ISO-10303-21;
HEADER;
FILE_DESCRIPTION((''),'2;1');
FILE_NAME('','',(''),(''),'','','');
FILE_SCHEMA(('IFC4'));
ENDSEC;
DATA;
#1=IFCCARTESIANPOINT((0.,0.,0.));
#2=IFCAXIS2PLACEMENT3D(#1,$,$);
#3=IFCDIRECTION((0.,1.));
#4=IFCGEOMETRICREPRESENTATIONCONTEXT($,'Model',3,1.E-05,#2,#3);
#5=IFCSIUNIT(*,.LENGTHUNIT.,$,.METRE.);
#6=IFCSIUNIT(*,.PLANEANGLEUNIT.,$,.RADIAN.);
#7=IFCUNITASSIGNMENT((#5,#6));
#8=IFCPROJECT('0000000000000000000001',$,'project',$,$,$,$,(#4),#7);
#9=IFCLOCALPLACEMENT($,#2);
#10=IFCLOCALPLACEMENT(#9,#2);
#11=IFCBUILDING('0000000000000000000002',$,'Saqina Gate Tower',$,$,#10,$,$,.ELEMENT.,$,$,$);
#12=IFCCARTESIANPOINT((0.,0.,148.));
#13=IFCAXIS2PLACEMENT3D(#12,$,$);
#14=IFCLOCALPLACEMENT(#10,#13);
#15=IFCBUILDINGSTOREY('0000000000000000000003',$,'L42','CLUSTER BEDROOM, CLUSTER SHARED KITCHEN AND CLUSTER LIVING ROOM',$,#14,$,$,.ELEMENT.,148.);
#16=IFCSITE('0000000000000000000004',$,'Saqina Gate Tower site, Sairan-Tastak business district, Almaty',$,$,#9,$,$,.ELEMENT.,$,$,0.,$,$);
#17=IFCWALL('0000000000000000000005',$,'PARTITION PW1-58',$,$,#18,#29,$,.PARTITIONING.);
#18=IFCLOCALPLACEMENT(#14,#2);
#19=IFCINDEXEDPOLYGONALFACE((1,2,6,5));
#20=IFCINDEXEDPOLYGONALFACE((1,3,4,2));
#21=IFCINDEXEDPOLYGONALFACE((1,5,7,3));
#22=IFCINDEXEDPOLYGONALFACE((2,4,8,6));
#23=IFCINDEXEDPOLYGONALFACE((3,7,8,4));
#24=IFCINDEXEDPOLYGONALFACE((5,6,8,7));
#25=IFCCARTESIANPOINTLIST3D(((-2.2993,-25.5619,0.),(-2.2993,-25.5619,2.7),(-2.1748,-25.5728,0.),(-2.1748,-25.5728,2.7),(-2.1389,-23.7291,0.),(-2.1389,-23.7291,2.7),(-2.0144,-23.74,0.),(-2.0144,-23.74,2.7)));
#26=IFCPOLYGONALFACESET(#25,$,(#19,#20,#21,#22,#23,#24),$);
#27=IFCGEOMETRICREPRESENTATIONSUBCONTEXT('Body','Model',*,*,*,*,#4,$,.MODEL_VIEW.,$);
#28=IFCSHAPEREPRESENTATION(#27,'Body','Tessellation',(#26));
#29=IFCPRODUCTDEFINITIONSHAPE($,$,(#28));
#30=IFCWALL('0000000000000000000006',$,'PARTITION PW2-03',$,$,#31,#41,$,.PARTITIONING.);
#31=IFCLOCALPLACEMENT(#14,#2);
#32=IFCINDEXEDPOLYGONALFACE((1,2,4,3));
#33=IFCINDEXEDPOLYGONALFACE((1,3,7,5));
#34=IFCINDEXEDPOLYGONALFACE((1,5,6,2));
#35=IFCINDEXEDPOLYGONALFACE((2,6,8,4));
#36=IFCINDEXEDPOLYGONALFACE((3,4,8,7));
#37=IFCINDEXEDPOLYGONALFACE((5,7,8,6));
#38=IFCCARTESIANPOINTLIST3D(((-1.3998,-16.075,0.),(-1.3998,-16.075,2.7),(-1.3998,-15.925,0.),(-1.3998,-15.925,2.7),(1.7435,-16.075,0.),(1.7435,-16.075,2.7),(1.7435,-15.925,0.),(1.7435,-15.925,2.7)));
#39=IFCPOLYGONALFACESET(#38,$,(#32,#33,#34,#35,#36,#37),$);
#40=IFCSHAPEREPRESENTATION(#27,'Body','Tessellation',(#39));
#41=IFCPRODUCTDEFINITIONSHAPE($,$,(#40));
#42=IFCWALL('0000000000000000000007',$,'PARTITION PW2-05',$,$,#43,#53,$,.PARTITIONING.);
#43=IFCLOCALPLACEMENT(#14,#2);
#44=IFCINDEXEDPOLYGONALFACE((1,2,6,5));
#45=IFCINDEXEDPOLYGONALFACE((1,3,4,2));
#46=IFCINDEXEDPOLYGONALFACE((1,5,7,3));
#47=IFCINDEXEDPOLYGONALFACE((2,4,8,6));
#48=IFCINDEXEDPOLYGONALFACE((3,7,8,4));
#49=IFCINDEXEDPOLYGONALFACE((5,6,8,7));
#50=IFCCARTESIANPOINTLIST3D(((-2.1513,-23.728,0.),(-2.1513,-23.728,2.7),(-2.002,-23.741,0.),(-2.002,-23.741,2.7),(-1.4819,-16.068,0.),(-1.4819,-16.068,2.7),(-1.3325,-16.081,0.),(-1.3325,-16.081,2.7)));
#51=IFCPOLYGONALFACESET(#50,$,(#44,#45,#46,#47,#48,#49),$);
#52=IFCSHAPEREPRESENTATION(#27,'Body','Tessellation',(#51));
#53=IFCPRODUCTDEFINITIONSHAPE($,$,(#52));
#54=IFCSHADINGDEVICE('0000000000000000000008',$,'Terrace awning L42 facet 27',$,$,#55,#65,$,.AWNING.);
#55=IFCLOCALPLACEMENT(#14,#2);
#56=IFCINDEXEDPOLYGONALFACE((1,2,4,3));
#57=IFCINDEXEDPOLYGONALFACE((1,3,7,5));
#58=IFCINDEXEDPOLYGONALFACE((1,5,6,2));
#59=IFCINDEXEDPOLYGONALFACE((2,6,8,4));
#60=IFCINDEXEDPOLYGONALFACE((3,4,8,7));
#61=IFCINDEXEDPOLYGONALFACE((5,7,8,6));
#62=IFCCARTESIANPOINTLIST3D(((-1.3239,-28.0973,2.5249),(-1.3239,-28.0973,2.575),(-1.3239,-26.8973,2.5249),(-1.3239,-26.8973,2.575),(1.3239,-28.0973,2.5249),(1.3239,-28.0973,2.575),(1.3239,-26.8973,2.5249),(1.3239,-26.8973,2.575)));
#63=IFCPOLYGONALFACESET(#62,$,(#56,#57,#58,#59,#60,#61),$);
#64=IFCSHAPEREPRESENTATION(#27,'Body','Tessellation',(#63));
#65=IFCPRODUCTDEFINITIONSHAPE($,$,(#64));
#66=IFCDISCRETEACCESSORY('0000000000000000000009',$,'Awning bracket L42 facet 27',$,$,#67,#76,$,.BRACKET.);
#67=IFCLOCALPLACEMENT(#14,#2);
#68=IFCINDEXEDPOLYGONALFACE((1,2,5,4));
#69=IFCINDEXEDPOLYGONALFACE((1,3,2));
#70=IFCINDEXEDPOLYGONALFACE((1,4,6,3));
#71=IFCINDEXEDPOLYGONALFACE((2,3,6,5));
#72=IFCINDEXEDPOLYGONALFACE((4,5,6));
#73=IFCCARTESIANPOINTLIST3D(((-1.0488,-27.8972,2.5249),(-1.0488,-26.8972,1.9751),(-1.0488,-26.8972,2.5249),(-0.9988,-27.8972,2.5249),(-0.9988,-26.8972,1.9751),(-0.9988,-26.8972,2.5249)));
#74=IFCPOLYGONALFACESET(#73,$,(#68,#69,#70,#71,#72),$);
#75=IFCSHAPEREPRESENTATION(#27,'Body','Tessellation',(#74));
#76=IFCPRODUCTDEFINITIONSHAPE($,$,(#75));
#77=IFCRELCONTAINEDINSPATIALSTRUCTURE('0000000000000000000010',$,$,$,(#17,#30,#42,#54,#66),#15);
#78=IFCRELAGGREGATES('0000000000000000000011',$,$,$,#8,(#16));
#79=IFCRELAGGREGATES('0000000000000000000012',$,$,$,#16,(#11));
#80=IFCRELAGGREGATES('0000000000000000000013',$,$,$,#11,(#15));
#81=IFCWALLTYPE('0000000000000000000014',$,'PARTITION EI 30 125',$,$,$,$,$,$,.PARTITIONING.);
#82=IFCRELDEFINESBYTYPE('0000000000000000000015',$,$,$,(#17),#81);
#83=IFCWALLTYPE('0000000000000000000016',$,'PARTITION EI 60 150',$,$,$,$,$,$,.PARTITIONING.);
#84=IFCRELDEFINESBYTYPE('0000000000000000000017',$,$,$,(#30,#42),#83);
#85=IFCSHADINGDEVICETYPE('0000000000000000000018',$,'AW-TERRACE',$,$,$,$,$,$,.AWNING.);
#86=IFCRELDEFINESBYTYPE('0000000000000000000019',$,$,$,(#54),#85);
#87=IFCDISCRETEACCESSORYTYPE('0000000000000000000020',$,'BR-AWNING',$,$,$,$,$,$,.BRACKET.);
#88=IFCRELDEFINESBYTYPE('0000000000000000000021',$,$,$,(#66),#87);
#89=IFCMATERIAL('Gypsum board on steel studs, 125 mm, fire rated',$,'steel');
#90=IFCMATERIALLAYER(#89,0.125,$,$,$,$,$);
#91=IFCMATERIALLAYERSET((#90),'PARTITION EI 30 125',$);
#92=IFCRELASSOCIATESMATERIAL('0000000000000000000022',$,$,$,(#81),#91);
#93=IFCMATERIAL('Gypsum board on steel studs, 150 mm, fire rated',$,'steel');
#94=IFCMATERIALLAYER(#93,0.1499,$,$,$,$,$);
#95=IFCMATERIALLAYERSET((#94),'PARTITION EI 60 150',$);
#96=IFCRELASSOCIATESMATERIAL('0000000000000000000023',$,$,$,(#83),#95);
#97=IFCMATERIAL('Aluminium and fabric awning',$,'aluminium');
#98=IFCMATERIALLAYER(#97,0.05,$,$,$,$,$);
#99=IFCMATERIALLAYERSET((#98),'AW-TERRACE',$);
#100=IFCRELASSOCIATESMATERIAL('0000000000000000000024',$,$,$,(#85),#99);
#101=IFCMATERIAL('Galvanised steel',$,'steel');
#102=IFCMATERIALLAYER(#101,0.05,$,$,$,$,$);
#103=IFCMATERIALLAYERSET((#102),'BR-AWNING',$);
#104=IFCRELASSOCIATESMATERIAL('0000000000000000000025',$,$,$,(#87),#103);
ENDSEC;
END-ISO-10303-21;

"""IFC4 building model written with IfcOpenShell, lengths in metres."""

from ifc_helpers import new_model, si_unit, direction, frame, frame_2d, origin, origin_2d, place, context, subcontext, project, spatial, polyline, rectangle, outline, extrude, material, layer, layer_set, type_object, element, save


model = new_model("IFC4")

# Units and contexts
model_context = context("Model", 3, precision=1e-05, world=origin(), true_north=direction((0.0, 1.0)))
body_context = subcontext(model_context, "Body", "Model", "MODEL_VIEW")
ifc_project = project(units=[si_unit("LENGTHUNIT", "METRE"), si_unit("PLANEANGLEUNIT", "RADIAN")], contexts=[model_context])

# Site, building, storey
site_placement = place(None, origin())
site = spatial("IfcSite", under=ifc_project, at=site_placement, Name="Saqina Gate Tower site, Sairan-Tastak business district, Almaty", CompositionType="ELEMENT", RefElevation=0.0)
building_placement = place(site_placement, origin())
building = spatial("IfcBuilding", under=site, at=building_placement, Name="Saqina Gate Tower", CompositionType="ELEMENT")
storey_placement = place(building_placement, frame((0.0, 0.0, 148.0)))
storey = spatial("IfcBuildingStorey", under=building, at=storey_placement, Name="L42", Description="CLUSTER BEDROOM, CLUSTER SHARED KITCHEN AND CLUSTER LIVING ROOM", CompositionType="ELEMENT", Elevation=148.0)

# Shared definitions
ifc_material_1 = material(Name="Gypsum board on steel studs, 125 mm, fire rated", Category="steel")
ifc_layer_1 = layer(ifc_material_1, 0.125)
ifc_layer_set_1 = layer_set([ifc_layer_1], Name="PARTITION EI 30 125")
wall_type_1 = type_object("IfcWallType", Name="PARTITION EI 30 125", PredefinedType="PARTITIONING", material=ifc_layer_set_1)

# Walls
wall_1_placement = place(storey_placement, frame((-2.2371, -25.5674, 0.0), z_axis=(0.0, 0.0, 1.0), x_axis=(0.087185, 0.996192, 0.0)))
element("IfcWall", 1, at=wall_1_placement, inside=storey, type_object=wall_type_1, Name="PARTITION PW1-58", PredefinedType="PARTITIONING", context=body_context, shape_type="SweptSolid", body=[
    extrude(rectangle(XDim=1.8398, YDim=0.125, at=frame_2d((0.9199, 0.0))), origin(), (0.0, 0.0, 1.0), 2.7),
])
ifc_material_2 = material(Name="Gypsum board on steel studs, 150 mm, fire rated", Category="steel")
ifc_layer_2 = layer(ifc_material_2, 0.1499)
ifc_layer_set_2 = layer_set([ifc_layer_2], Name="PARTITION EI 60 150")
wall_type_2 = type_object("IfcWallType", Name="PARTITION EI 60 150", PredefinedType="PARTITIONING", material=ifc_layer_set_2)
wall_2_placement = place(storey_placement, frame((-1.3999, -16.0, 0.0), z_axis=(0.0, 0.0, 1.0), x_axis=(1.0, 0.0, 0.0)))
element("IfcWall", 2, at=wall_2_placement, inside=storey, type_object=wall_type_2, Name="PARTITION PW2-03", PredefinedType="PARTITIONING", context=body_context, shape_type="SweptSolid", body=[
    extrude(rectangle(XDim=3.1433, YDim=0.1499, at=frame_2d((1.5718, 0.0))), origin(), (0.0, 0.0, 1.0), 2.7),
])
wall_3_placement = place(storey_placement, frame((-2.0767, -23.7346, 0.0), z_axis=(0.0, 0.0, 1.0), x_axis=(0.087063, 0.996203, 0.0)))
element("IfcWall", 3, at=wall_3_placement, inside=storey, type_object=wall_type_2, Name="PARTITION PW2-05", PredefinedType="PARTITIONING", context=body_context, shape_type="SweptSolid", body=[
    extrude(rectangle(XDim=7.6892, YDim=0.1499, at=frame_2d((3.8447, 0.0))), origin(), (0.0, 0.0, 1.0), 2.7),
])

# Shading device
ifc_material_3 = material(Name="Aluminium and fabric awning", Category="aluminium")
ifc_layer_3 = layer(ifc_material_3, 0.05)
ifc_layer_set_3 = layer_set([ifc_layer_3], Name="AW-TERRACE")
shading_device_type = type_object("IfcShadingDeviceType", Name="AW-TERRACE", PredefinedType="AWNING", material=ifc_layer_set_3)
shading_device_placement = place(storey_placement, frame((0.0, -27.4973, 2.5249), z_axis=(0.0, 0.0, 1.0), x_axis=(1.0, 0.0, 0.0)))
element("IfcShadingDevice", 4, at=shading_device_placement, inside=storey, type_object=shading_device_type, Name="Terrace awning L42 facet 27", PredefinedType="AWNING", context=body_context, shape_type="SweptSolid", body=[
    extrude(rectangle(XDim=2.6477, YDim=1.2, at=origin_2d()), origin(), (0.0, 0.0, 1.0), 0.05),
])

# Discrete accessory
ifc_material_4 = material(Name="Galvanised steel", Category="steel")
ifc_layer_4 = layer(ifc_material_4, 0.05)
ifc_layer_set_4 = layer_set([ifc_layer_4], Name="BR-AWNING")
discrete_accessory_type = type_object("IfcDiscreteAccessoryType", Name="BR-AWNING", PredefinedType="BRACKET", material=ifc_layer_set_4)
discrete_accessory_placement = place(storey_placement, frame((-0.9988, -26.8972, 1.9751), z_axis=(1.0, 0.0, 0.0), x_axis=(0.0, 0.0, 1.0)))
element("IfcDiscreteAccessory", 5, at=discrete_accessory_placement, inside=storey, type_object=discrete_accessory_type, Name="Awning bracket L42 facet 27", PredefinedType="BRACKET", context=body_context, shape_type="SweptSolid", body=[
    extrude(outline(polyline([(0.0, 0.0), (0.5498, 0.0), (0.5498, 1.0), (0.0, 0.0)])), origin(), (0.0, 0.0, -1.0), 0.05),
])

save(model, "model.ifc")
